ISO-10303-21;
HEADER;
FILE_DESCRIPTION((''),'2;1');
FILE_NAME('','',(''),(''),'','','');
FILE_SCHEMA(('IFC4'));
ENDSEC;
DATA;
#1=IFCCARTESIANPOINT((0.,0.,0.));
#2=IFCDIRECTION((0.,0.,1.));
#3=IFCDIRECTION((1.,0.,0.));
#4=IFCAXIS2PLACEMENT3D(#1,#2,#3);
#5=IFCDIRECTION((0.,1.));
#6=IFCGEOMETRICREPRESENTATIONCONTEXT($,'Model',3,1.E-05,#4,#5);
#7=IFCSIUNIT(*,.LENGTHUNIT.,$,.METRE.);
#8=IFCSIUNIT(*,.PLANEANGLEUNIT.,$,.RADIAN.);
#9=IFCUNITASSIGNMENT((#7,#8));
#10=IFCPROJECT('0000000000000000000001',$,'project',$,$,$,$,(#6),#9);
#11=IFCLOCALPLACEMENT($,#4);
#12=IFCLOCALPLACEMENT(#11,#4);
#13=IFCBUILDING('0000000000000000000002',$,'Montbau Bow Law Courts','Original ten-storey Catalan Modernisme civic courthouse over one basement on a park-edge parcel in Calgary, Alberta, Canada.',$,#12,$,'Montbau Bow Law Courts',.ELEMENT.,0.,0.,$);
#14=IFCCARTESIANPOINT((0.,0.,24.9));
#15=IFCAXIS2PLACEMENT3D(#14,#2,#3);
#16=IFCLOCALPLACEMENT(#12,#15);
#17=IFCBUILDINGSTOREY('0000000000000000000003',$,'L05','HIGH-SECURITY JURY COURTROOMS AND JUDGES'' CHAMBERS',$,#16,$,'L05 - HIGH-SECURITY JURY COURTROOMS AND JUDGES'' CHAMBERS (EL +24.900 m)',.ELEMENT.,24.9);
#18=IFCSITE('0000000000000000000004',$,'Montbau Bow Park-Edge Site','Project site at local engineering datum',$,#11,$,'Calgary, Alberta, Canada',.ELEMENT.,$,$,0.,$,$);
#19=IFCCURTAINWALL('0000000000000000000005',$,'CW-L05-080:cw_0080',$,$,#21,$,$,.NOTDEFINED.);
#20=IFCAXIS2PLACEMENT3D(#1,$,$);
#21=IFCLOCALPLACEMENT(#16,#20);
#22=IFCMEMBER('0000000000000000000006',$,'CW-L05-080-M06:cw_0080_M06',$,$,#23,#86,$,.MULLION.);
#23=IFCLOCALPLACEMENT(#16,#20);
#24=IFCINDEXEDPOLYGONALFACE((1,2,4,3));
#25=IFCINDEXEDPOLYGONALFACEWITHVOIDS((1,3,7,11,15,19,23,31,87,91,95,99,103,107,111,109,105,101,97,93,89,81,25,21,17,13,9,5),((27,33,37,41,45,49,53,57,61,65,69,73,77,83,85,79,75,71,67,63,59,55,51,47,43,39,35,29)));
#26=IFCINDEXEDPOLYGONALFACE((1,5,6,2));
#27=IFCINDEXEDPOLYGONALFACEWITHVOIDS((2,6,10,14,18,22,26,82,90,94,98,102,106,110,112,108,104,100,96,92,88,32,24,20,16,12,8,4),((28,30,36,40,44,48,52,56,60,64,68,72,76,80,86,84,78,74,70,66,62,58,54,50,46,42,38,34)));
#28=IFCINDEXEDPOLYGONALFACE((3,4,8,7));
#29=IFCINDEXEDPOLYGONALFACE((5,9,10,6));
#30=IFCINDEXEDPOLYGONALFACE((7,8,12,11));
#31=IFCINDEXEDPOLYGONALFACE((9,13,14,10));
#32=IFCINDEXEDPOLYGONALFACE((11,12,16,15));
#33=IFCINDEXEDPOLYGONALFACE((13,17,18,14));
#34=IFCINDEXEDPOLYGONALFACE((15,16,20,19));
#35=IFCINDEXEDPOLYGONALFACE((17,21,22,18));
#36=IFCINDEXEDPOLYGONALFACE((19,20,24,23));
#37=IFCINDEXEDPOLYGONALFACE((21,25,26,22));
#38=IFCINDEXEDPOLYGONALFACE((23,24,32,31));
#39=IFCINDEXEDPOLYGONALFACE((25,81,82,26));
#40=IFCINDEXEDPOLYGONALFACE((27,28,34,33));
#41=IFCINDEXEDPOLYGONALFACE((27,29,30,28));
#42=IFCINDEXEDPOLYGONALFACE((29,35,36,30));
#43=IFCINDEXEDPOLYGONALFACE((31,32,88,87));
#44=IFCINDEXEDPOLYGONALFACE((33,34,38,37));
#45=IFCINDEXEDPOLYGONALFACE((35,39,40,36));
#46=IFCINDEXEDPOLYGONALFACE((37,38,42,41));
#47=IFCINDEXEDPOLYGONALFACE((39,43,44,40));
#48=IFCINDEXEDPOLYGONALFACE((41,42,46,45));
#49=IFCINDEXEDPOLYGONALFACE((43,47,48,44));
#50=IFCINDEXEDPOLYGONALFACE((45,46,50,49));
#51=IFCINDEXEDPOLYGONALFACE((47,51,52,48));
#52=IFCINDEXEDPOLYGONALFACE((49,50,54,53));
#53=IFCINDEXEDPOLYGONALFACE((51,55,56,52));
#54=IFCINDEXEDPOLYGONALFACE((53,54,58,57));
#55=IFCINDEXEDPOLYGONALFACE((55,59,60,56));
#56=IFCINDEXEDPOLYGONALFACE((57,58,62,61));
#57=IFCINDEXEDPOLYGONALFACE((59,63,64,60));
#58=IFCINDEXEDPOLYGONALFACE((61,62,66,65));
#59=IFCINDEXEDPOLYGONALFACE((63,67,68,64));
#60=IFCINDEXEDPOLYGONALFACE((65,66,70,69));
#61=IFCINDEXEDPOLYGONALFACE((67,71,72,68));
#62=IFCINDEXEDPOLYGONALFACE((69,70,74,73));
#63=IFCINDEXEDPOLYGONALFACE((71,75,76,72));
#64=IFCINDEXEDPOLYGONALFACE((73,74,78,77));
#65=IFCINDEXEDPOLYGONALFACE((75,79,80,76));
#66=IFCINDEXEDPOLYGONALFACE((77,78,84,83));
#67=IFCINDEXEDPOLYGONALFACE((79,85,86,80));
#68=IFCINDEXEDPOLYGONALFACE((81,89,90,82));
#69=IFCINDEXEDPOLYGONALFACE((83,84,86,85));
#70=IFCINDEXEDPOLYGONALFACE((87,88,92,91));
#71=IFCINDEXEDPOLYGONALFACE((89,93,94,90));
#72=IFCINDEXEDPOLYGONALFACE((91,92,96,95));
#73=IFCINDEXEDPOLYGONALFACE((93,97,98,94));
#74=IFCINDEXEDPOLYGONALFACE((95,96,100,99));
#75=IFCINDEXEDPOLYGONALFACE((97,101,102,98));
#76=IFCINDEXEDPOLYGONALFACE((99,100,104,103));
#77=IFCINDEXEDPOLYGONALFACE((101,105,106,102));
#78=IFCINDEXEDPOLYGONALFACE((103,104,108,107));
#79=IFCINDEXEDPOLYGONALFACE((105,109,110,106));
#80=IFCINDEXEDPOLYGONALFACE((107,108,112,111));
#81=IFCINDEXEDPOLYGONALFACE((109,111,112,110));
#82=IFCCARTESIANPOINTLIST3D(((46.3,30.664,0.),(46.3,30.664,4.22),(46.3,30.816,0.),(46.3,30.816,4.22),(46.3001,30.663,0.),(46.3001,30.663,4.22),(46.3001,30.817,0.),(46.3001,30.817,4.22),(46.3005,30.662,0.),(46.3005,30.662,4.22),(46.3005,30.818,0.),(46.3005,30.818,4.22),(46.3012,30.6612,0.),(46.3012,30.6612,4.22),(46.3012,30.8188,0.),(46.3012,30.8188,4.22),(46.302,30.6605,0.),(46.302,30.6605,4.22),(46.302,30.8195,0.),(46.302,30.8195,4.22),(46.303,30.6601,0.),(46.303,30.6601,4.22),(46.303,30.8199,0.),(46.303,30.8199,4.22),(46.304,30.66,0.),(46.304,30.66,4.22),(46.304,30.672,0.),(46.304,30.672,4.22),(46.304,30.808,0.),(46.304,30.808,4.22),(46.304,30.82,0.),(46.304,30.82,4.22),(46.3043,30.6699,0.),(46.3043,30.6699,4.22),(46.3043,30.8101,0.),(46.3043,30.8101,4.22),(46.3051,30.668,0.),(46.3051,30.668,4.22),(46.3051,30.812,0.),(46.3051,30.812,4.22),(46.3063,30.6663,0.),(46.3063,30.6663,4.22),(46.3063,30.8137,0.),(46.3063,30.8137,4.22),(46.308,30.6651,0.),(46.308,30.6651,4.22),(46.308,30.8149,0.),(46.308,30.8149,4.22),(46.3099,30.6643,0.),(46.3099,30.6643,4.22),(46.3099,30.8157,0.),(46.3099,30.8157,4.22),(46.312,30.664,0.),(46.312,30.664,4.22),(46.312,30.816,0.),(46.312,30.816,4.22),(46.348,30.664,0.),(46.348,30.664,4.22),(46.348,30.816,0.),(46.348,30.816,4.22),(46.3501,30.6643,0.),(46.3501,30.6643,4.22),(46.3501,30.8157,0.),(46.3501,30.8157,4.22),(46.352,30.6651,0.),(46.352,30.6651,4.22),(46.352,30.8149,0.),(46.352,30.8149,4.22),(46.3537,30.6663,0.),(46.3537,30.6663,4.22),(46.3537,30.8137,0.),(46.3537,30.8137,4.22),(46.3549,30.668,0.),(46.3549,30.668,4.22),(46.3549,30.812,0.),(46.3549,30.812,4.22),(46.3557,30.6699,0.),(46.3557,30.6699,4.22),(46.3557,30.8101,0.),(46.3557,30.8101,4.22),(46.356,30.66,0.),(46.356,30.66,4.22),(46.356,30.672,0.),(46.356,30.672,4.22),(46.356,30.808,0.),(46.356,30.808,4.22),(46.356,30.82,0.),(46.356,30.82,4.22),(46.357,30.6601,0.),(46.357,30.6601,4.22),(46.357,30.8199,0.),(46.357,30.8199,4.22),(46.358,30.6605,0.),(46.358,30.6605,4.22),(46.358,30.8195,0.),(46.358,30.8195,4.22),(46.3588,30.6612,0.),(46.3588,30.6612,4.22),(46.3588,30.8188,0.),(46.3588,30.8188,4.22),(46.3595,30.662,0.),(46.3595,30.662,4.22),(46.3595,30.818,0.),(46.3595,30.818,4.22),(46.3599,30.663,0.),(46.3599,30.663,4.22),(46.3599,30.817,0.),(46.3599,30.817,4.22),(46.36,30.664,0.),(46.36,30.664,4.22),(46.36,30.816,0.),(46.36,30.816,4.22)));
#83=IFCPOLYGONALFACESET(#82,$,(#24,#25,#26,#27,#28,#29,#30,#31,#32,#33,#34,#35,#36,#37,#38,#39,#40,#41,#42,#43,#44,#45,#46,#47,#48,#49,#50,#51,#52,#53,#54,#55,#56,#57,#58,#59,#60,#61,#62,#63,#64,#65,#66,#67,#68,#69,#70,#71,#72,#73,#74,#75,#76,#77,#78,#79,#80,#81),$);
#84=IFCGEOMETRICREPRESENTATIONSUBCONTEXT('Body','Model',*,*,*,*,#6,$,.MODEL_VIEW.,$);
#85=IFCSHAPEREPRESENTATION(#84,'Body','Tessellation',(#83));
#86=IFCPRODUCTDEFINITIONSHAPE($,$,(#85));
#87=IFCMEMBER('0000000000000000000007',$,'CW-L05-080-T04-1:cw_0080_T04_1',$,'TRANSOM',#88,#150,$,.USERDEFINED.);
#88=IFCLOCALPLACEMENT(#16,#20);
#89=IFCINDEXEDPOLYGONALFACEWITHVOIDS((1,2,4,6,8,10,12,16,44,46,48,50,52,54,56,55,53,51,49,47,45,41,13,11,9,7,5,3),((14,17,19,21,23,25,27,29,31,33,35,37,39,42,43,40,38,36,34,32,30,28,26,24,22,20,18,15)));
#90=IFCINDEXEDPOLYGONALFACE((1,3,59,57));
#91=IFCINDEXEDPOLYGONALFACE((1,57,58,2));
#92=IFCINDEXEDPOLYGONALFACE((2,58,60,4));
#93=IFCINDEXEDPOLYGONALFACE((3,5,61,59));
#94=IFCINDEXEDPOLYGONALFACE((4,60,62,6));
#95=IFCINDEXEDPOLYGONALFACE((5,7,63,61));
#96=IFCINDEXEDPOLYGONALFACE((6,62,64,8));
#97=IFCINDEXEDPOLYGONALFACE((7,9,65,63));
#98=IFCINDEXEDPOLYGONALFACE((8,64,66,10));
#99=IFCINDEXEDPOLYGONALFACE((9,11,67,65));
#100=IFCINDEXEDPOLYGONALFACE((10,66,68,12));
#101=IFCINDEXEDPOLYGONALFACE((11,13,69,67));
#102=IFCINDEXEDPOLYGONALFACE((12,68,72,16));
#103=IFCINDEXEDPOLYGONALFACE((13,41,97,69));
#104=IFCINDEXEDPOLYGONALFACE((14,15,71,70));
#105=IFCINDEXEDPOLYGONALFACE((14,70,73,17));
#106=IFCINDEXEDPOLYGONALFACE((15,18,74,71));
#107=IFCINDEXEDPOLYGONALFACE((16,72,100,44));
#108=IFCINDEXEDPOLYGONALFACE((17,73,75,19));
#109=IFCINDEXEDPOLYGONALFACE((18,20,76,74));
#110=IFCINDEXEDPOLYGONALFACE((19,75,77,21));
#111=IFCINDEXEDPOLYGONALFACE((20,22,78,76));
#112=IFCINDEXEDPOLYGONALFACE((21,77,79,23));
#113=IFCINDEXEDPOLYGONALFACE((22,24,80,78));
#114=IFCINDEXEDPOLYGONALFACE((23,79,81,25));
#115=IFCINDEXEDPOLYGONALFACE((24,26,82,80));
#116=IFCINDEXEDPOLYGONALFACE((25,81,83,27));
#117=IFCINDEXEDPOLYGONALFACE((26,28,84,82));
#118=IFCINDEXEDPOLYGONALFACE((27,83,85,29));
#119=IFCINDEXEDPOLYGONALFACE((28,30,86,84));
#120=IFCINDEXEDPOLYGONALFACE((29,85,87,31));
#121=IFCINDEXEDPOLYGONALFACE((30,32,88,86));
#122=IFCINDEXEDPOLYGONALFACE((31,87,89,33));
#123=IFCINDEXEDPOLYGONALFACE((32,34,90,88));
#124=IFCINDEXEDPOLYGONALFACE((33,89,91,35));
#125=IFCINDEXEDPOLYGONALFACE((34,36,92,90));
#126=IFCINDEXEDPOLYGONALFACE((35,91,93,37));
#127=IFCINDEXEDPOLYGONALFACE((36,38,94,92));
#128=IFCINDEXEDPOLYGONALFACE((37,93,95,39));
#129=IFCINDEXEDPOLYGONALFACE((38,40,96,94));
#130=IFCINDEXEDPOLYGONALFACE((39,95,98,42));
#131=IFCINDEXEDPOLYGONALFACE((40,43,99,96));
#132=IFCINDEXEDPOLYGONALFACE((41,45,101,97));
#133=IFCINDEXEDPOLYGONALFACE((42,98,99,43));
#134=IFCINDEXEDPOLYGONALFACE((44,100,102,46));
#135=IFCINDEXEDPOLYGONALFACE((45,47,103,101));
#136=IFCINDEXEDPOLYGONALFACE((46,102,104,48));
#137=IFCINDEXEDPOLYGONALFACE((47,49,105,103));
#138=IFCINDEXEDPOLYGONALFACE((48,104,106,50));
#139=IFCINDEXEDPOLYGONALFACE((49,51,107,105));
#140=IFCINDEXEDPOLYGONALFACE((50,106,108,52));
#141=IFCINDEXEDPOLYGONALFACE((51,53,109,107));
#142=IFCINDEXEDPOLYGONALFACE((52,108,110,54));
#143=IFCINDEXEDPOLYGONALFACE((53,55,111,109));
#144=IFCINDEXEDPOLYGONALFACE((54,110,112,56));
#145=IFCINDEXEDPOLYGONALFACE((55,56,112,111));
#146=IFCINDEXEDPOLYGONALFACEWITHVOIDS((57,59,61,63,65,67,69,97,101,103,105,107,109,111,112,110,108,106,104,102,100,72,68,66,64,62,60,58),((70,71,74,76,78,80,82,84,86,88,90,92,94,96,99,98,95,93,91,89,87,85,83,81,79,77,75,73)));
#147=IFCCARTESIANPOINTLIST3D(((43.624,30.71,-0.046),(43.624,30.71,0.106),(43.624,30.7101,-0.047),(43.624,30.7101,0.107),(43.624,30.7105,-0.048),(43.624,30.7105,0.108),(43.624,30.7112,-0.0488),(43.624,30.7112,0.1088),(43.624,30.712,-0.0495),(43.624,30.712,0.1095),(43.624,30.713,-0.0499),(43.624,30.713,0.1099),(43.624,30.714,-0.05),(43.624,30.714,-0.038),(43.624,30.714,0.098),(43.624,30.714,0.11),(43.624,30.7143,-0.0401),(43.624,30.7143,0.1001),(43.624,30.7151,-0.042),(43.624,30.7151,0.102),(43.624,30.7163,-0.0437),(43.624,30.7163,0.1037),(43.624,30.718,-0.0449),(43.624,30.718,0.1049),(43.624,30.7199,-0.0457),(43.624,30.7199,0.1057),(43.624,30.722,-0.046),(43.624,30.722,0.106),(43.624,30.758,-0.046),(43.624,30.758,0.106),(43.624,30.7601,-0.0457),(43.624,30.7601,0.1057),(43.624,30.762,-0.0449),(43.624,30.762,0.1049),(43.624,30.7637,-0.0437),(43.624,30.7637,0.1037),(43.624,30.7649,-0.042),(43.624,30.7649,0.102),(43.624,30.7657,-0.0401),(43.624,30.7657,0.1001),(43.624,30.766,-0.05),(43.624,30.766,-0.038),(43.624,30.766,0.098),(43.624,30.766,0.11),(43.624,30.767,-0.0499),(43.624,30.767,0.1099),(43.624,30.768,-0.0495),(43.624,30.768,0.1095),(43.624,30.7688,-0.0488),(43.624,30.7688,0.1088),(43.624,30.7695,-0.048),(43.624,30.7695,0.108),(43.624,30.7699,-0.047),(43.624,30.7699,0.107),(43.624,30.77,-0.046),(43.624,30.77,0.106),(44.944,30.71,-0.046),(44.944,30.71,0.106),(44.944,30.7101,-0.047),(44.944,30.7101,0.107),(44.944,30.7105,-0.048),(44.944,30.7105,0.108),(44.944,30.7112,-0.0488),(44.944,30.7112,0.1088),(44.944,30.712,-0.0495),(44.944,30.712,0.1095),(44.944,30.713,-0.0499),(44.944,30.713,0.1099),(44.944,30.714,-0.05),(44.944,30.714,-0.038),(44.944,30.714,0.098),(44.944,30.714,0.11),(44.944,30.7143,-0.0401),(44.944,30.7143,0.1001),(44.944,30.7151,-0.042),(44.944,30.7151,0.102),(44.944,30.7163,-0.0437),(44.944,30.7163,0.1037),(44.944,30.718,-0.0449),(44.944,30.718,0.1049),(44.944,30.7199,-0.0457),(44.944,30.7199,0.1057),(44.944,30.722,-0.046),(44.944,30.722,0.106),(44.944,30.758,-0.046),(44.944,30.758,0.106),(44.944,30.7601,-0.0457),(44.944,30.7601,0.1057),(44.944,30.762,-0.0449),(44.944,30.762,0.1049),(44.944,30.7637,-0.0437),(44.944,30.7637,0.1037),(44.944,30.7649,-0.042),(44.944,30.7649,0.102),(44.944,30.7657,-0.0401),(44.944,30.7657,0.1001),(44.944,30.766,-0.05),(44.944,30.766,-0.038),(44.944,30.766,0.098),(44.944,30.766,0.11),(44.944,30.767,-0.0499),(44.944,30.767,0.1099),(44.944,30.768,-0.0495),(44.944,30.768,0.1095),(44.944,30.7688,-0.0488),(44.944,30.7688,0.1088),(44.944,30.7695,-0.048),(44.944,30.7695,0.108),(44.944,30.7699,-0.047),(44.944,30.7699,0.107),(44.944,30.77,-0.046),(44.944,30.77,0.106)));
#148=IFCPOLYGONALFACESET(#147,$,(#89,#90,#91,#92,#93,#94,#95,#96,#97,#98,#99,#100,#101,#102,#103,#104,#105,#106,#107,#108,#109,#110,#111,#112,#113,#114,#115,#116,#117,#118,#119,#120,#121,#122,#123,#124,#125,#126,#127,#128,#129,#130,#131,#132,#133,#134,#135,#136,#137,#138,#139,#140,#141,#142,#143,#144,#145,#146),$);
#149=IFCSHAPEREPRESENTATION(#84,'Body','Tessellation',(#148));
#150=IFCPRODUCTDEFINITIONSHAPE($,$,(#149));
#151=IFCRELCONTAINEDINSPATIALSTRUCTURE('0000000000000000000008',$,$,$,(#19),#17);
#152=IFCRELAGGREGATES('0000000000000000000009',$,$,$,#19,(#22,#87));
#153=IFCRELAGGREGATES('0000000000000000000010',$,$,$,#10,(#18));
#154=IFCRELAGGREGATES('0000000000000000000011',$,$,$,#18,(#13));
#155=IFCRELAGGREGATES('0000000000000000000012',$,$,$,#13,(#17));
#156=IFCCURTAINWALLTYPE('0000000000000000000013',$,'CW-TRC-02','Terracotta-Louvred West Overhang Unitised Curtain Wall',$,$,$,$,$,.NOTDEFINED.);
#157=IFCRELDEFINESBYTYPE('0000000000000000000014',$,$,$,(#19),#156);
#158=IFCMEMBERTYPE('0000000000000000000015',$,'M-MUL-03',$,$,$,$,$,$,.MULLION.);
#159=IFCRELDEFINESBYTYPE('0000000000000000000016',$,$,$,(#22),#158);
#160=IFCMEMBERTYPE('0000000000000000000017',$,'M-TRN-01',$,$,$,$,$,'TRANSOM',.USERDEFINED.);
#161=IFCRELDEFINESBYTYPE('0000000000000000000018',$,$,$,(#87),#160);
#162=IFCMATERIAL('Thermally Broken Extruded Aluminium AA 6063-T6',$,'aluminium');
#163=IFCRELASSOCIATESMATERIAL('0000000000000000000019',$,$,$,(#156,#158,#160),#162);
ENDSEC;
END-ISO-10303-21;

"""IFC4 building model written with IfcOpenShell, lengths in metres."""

from ifc_helpers import new_model, si_unit, direction, frame, origin_with_axes, origin_2d_with_axis, place, context, subcontext, project, spatial, hollow_rectangle, extrude, material, material_profile, profile_set, type_object, element, aggregate, save


model = new_model("IFC4")

# Units and contexts
model_context = context("Model", 3, precision=1e-05, world=origin_with_axes(), true_north=direction((0.0, 1.0)))
body_context = subcontext(model_context, "Body", "Model", "MODEL_VIEW")
ifc_project = project(units=[si_unit("LENGTHUNIT", "METRE"), si_unit("PLANEANGLEUNIT", "RADIAN")], contexts=[model_context])

# Site, building, storey
site_placement = place(None, origin_with_axes())
site = spatial("IfcSite", under=ifc_project, at=site_placement, Name="Montbau Bow Park-Edge Site", Description="Project site at local engineering datum", LongName="Calgary, Alberta, Canada", CompositionType="ELEMENT", RefElevation=0.0)
building_placement = place(site_placement, origin_with_axes())
building = spatial("IfcBuilding", under=site, at=building_placement, Name="Montbau Bow Law Courts", Description="Original ten-storey Catalan Modernisme civic courthouse over one basement on a park-edge parcel in Calgary, Alberta, Canada.", LongName="Montbau Bow Law Courts", CompositionType="ELEMENT", ElevationOfRefHeight=0.0, ElevationOfTerrain=0.0)
storey_placement = place(building_placement, frame((0.0, 0.0, 24.9), z_axis=(0.0, 0.0, 1.0), x_axis=(1.0, 0.0, 0.0)))
storey = spatial("IfcBuildingStorey", under=building, at=storey_placement, Name="L05", Description="HIGH-SECURITY JURY COURTROOMS AND JUDGES' CHAMBERS", LongName="L05 - HIGH-SECURITY JURY COURTROOMS AND JUDGES' CHAMBERS (EL +24.900 m)", CompositionType="ELEMENT", Elevation=24.9)

# Curtain wall, members
ifc_material_1 = material(Name="Thermally Broken Extruded Aluminium AA 6063-T6", Category="aluminium")
curtain_wall_type = type_object("IfcCurtainWallType", Name="CW-TRC-02", Description="Terracotta-Louvred West Overhang Unitised Curtain Wall", PredefinedType="NOTDEFINED", material=ifc_material_1)
curtain_wall_1_placement = place(None, frame((39.44, 30.74, 24.9), z_axis=(0.0, 0.0, 1.0), x_axis=(1.0, 0.0, 0.0)))
curtain_wall_1 = element("IfcCurtainWall", 1, at=curtain_wall_1_placement, inside=storey, type_object=curtain_wall_type, Name="CW-L05-080:cw_0080", PredefinedType="NOTDEFINED")
ifc_material_profile_1 = material_profile(ifc_material_1, hollow_rectangle(XDim=0.06, YDim=0.16, WallThickness=0.004, InnerFilletRadius=0.008, OuterFilletRadius=0.004, at=origin_2d_with_axis()), Name="CWM-160X60", Category="Main", Priority=0)
ifc_profile_set_1 = profile_set([ifc_material_profile_1], Name="Thermally Broken Extruded Aluminium AA 6063-T6")
member_type_1 = type_object("IfcMemberType", Name="M-MUL-03", PredefinedType="MULLION", material=ifc_profile_set_1)
member_1_placement = place(None, frame((46.33, 30.74, 24.9), z_axis=(0.0, 0.0, 1.0), x_axis=(1.0, 0.0, 0.0)))
member_1 = element("IfcMember", 2, at=member_1_placement, type_object=member_type_1, Name="CW-L05-080-M06:cw_0080_M06", PredefinedType="MULLION", context=body_context, shape_type="SweptSolid", body=[
    extrude(hollow_rectangle(XDim=0.06, YDim=0.16, WallThickness=0.004, InnerFilletRadius=0.008, OuterFilletRadius=0.004, at=origin_2d_with_axis()), origin_with_axes(), (0.0, 0.0, 1.0), 4.22),
])
ifc_material_profile_2 = material_profile(ifc_material_1, hollow_rectangle(XDim=0.06, YDim=0.16, WallThickness=0.004, InnerFilletRadius=0.008, OuterFilletRadius=0.004, at=origin_2d_with_axis()), Name="CWT-160X60", Category="Main", Priority=0)
ifc_profile_set_2 = profile_set([ifc_material_profile_2], Name="Thermally Broken Extruded Aluminium AA 6063-T6")
member_type_2 = type_object("IfcMemberType", Name="M-TRN-01", ElementType="TRANSOM", PredefinedType="USERDEFINED", material=ifc_profile_set_2)
member_2_placement = place(None, frame((43.624, 30.74, 24.93), z_axis=(1.0, 0.0, 0.0), x_axis=(0.0, 1.0, 0.0)))
member_2 = element("IfcMember", 3, at=member_2_placement, type_object=member_type_2, Name="CW-L05-080-T04-1:cw_0080_T04_1", ObjectType="TRANSOM", PredefinedType="USERDEFINED", context=body_context, shape_type="SweptSolid", body=[
    extrude(hollow_rectangle(XDim=0.06, YDim=0.16, WallThickness=0.004, InnerFilletRadius=0.008, OuterFilletRadius=0.004, at=origin_2d_with_axis()), origin_with_axes(), (0.0, 0.0, 1.0), 1.32),
])

aggregate(curtain_wall_1, [member_1, member_2])

save(model, "model.ifc")
